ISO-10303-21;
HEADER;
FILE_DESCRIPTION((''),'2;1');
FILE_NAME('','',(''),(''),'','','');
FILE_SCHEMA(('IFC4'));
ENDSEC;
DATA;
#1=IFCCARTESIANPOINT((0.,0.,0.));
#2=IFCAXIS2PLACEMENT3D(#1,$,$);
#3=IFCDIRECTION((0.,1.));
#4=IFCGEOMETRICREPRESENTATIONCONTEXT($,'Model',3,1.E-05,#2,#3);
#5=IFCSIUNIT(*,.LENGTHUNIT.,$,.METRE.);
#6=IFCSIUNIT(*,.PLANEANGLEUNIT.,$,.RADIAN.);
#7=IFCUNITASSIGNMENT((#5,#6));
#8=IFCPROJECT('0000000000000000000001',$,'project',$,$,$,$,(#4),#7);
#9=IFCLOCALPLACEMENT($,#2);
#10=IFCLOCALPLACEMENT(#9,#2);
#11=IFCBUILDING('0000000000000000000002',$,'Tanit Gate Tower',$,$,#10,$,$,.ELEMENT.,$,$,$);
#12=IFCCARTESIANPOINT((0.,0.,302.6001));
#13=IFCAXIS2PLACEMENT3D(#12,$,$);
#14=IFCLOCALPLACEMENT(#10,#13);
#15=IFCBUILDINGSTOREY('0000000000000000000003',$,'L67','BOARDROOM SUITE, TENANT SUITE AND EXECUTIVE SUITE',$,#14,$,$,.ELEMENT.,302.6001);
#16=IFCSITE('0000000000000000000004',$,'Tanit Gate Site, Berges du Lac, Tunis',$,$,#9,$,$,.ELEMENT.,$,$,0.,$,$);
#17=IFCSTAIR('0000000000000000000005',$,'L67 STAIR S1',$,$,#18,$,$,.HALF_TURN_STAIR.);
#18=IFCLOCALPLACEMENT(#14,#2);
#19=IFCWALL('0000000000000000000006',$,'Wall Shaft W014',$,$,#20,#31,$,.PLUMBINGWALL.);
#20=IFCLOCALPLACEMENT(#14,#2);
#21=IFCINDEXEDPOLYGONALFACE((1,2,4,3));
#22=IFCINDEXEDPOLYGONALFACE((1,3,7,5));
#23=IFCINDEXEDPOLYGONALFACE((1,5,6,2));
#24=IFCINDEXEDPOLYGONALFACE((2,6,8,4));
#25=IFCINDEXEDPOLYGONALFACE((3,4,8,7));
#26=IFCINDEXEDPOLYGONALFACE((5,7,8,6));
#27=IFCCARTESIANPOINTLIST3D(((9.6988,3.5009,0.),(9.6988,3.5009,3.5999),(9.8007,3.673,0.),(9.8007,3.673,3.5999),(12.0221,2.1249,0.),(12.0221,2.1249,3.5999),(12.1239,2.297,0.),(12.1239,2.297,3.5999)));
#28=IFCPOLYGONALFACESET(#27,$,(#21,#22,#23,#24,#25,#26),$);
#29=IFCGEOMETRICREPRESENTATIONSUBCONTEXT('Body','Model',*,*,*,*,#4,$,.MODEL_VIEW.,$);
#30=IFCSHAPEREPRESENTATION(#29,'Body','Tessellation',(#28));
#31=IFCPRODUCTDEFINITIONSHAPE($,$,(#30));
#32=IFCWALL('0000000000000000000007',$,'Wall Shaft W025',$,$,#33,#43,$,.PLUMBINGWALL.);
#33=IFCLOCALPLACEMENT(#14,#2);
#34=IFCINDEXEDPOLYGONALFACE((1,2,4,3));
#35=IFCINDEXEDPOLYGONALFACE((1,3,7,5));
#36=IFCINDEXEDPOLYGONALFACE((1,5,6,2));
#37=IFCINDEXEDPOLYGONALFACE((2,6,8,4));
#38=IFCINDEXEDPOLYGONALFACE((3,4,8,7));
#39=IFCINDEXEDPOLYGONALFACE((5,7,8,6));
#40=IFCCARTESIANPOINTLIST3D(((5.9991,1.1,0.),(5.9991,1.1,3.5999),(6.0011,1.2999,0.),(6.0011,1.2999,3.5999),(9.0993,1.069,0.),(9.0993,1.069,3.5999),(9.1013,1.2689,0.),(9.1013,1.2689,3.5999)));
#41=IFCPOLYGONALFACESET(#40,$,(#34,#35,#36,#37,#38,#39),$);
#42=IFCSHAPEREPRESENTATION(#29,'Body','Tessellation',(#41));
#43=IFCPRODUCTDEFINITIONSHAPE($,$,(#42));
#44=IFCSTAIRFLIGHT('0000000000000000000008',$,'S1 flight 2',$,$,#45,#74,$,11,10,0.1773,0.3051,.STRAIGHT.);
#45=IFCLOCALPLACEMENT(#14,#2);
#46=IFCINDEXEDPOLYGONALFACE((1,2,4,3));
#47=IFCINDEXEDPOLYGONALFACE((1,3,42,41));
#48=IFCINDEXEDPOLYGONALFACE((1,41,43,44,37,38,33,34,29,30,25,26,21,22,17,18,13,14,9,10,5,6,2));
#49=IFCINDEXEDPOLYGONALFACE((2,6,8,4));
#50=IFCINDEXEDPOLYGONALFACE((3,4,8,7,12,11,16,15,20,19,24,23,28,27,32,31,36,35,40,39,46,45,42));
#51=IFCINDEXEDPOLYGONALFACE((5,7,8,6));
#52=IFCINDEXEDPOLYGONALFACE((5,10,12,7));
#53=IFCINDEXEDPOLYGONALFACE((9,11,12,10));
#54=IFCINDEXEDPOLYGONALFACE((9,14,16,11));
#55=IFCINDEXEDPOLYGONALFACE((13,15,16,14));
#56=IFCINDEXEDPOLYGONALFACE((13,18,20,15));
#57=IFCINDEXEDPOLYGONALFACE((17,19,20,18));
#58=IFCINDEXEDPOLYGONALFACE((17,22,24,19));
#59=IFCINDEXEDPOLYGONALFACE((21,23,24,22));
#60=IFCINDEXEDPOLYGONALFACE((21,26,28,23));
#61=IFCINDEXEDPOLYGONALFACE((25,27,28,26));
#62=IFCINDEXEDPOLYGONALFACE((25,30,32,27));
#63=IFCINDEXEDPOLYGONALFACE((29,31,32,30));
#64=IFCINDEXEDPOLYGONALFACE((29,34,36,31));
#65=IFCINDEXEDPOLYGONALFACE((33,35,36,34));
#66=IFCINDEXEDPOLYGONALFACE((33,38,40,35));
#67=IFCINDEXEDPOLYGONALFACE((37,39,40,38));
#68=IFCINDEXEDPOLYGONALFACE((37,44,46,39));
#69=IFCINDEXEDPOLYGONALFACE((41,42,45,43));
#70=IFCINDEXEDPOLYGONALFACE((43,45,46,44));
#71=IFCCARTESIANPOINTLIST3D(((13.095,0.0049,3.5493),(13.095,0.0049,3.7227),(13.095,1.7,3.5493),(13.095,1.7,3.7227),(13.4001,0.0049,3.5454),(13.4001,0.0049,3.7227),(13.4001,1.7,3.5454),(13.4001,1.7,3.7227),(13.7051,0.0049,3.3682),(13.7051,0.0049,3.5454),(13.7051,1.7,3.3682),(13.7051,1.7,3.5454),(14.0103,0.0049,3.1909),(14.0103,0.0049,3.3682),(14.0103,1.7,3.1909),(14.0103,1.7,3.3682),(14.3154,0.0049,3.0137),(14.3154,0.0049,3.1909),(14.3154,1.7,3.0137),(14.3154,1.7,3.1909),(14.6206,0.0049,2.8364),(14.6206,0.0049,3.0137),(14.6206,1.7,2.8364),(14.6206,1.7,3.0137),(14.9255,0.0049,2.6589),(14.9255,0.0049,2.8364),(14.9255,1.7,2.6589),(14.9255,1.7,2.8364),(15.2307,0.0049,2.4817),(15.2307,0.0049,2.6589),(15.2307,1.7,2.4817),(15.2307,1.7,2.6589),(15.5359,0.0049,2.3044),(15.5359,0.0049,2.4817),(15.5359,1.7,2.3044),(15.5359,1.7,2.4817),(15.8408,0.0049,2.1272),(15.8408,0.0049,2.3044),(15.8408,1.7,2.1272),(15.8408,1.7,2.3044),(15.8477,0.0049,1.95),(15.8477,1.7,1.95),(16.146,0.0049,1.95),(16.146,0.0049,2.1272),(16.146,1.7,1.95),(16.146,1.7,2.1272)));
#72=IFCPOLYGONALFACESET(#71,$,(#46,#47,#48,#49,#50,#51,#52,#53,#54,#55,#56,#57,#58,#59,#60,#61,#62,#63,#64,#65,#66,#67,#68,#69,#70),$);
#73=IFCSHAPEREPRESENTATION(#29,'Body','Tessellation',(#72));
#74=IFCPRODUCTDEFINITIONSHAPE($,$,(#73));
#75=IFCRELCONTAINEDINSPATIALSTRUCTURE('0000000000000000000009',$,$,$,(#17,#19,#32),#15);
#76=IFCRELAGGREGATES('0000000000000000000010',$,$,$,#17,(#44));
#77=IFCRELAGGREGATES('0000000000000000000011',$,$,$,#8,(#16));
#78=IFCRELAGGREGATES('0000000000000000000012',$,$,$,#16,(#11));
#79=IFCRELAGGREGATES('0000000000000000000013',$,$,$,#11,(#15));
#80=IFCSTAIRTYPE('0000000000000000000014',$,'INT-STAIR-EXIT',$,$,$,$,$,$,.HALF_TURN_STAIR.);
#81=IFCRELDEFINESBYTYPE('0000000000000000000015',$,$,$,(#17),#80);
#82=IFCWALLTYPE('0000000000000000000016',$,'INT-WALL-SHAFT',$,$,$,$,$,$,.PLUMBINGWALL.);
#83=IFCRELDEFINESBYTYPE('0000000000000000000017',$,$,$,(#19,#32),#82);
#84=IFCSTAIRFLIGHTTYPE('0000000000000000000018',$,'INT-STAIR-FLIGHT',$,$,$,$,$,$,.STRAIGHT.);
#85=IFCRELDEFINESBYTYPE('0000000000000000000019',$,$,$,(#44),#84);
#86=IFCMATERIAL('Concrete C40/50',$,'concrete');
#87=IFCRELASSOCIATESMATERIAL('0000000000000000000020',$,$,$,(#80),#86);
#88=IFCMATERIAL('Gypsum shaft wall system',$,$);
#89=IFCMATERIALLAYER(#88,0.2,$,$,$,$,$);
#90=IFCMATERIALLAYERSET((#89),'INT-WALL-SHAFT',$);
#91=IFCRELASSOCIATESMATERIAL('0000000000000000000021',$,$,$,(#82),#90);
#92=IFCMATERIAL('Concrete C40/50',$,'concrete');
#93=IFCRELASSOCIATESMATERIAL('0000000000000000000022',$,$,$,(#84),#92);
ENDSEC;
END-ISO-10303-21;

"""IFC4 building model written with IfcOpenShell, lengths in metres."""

from ifc_helpers import new_model, si_unit, direction, frame, frame_2d, origin, place, context, subcontext, project, spatial, polyline, rectangle, outline, extrude, material, layer, layer_set, type_object, element, aggregate, save


model = new_model("IFC4")

# Units and contexts
model_context = context("Model", 3, precision=1e-05, world=origin(), true_north=direction((0.0, 1.0)))
body_context = subcontext(model_context, "Body", "Model", "MODEL_VIEW")
ifc_project = project(units=[si_unit("LENGTHUNIT", "METRE"), si_unit("PLANEANGLEUNIT", "RADIAN")], contexts=[model_context])

# Site, building, storey
site_placement = place(None, origin())
site = spatial("IfcSite", under=ifc_project, at=site_placement, Name="Tanit Gate Site, Berges du Lac, Tunis", CompositionType="ELEMENT", RefElevation=0.0)
building_placement = place(site_placement, origin())
building = spatial("IfcBuilding", under=site, at=building_placement, Name="Tanit Gate Tower", CompositionType="ELEMENT")
storey_placement = place(building_placement, frame((0.0, 0.0, 302.6001)))
storey = spatial("IfcBuildingStorey", under=building, at=storey_placement, Name="L67", Description="BOARDROOM SUITE, TENANT SUITE AND EXECUTIVE SUITE", CompositionType="ELEMENT", Elevation=302.6001)

# Stair
ifc_material_1 = material(Name="Concrete C40/50", Category="concrete")
stair_type = type_object("IfcStairType", Name="INT-STAIR-EXIT", PredefinedType="HALF_TURN_STAIR", material=ifc_material_1)
stair_1_placement = place(storey_placement, origin())
stair_1 = element("IfcStair", 1, at=stair_1_placement, inside=storey, type_object=stair_type, Name="L67 STAIR S1", PredefinedType="HALF_TURN_STAIR")

# Wall
ifc_material_2 = material(Name="Gypsum shaft wall system")
ifc_layer_1 = layer(ifc_material_2, 0.2)
ifc_layer_set_1 = layer_set([ifc_layer_1], Name="INT-WALL-SHAFT")
wall_type_1 = type_object("IfcWallType", Name="INT-WALL-SHAFT", PredefinedType="PLUMBINGWALL", material=ifc_layer_set_1)
wall_1_placement = place(storey_placement, frame((12.073, 2.2109, 0.0), z_axis=(0.0, 0.0, 1.0), x_axis=(-0.860415, 0.509594, 0.0)))
element("IfcWall", 2, at=wall_1_placement, inside=storey, type_object=wall_type_1, Name="Wall Shaft W014", PredefinedType="PLUMBINGWALL", context=body_context, shape_type="SweptSolid", body=[
    extrude(rectangle(XDim=2.7002, YDim=0.2, at=frame_2d((1.3501, 0.0))), origin(), (0.0, 0.0, 1.0), 3.5999),
])

# Wall
wall_2_placement = place(storey_placement, frame((6.0, 1.2, 0.0), z_axis=(0.0, 0.0, 1.0), x_axis=(0.99995, -0.010001, 0.0)))
element("IfcWall", 3, at=wall_2_placement, inside=storey, type_object=wall_type_1, Name="Wall Shaft W025", PredefinedType="PLUMBINGWALL", context=body_context, shape_type="SweptSolid", body=[
    extrude(rectangle(XDim=3.1003, YDim=0.2, at=frame_2d((1.5503, 0.0))), origin(), (0.0, 0.0, 1.0), 3.5999),
])

# Stair flight
ifc_material_3 = material(Name="Concrete C40/50", Category="concrete")
stair_flight_type = type_object("IfcStairFlightType", Name="INT-STAIR-FLIGHT", PredefinedType="STRAIGHT", material=ifc_material_3)
stair_flight_placement = place(storey_placement, frame((16.146, 0.8525, 1.95), z_axis=(0.0, 0.0, 1.0), x_axis=(-1.0, 0.0, 0.0)))
stair_flight = element("IfcStairFlight", 4, at=stair_flight_placement, type_object=stair_flight_type, Name="S1 flight 2", NumberOfRisers=11, NumberOfTreads=10, PredefinedType="STRAIGHT", RiserHeight=0.1773, TreadLength=0.3051, context=body_context, shape_type="SweptSolid", body=[
    extrude(outline(polyline([(0.0, 0.0), (0.0, 0.1772), (0.3052, 0.1772), (0.3052, 0.3545), (0.6101, 0.3545), (0.6101, 0.5317), (0.9153, 0.5317), (0.9153, 0.709), (1.2205, 0.709), (1.2205, 0.8865), (1.5254, 0.8865), (1.5254, 1.0637), (1.8306, 1.0637), (1.8306, 1.241), (2.1357, 1.241), (2.1357, 1.4182), (2.4409, 1.4182), (2.4409, 1.5955), (2.7458, 1.5955), (2.7458, 1.7727), (3.051, 1.7727), (3.051, 1.95), (3.051, 1.5994), (0.2983, 0.0), (0.0, 0.0)])), frame((0.0, 0.8477, 0.0), z_axis=(0.0, -1.0, 0.0), x_axis=(1.0, 0.0, 0.0)), (0.0, 0.0, 1.0), 1.6951),
])
aggregate(stair_1, [stair_flight])

save(model, "model.ifc")
